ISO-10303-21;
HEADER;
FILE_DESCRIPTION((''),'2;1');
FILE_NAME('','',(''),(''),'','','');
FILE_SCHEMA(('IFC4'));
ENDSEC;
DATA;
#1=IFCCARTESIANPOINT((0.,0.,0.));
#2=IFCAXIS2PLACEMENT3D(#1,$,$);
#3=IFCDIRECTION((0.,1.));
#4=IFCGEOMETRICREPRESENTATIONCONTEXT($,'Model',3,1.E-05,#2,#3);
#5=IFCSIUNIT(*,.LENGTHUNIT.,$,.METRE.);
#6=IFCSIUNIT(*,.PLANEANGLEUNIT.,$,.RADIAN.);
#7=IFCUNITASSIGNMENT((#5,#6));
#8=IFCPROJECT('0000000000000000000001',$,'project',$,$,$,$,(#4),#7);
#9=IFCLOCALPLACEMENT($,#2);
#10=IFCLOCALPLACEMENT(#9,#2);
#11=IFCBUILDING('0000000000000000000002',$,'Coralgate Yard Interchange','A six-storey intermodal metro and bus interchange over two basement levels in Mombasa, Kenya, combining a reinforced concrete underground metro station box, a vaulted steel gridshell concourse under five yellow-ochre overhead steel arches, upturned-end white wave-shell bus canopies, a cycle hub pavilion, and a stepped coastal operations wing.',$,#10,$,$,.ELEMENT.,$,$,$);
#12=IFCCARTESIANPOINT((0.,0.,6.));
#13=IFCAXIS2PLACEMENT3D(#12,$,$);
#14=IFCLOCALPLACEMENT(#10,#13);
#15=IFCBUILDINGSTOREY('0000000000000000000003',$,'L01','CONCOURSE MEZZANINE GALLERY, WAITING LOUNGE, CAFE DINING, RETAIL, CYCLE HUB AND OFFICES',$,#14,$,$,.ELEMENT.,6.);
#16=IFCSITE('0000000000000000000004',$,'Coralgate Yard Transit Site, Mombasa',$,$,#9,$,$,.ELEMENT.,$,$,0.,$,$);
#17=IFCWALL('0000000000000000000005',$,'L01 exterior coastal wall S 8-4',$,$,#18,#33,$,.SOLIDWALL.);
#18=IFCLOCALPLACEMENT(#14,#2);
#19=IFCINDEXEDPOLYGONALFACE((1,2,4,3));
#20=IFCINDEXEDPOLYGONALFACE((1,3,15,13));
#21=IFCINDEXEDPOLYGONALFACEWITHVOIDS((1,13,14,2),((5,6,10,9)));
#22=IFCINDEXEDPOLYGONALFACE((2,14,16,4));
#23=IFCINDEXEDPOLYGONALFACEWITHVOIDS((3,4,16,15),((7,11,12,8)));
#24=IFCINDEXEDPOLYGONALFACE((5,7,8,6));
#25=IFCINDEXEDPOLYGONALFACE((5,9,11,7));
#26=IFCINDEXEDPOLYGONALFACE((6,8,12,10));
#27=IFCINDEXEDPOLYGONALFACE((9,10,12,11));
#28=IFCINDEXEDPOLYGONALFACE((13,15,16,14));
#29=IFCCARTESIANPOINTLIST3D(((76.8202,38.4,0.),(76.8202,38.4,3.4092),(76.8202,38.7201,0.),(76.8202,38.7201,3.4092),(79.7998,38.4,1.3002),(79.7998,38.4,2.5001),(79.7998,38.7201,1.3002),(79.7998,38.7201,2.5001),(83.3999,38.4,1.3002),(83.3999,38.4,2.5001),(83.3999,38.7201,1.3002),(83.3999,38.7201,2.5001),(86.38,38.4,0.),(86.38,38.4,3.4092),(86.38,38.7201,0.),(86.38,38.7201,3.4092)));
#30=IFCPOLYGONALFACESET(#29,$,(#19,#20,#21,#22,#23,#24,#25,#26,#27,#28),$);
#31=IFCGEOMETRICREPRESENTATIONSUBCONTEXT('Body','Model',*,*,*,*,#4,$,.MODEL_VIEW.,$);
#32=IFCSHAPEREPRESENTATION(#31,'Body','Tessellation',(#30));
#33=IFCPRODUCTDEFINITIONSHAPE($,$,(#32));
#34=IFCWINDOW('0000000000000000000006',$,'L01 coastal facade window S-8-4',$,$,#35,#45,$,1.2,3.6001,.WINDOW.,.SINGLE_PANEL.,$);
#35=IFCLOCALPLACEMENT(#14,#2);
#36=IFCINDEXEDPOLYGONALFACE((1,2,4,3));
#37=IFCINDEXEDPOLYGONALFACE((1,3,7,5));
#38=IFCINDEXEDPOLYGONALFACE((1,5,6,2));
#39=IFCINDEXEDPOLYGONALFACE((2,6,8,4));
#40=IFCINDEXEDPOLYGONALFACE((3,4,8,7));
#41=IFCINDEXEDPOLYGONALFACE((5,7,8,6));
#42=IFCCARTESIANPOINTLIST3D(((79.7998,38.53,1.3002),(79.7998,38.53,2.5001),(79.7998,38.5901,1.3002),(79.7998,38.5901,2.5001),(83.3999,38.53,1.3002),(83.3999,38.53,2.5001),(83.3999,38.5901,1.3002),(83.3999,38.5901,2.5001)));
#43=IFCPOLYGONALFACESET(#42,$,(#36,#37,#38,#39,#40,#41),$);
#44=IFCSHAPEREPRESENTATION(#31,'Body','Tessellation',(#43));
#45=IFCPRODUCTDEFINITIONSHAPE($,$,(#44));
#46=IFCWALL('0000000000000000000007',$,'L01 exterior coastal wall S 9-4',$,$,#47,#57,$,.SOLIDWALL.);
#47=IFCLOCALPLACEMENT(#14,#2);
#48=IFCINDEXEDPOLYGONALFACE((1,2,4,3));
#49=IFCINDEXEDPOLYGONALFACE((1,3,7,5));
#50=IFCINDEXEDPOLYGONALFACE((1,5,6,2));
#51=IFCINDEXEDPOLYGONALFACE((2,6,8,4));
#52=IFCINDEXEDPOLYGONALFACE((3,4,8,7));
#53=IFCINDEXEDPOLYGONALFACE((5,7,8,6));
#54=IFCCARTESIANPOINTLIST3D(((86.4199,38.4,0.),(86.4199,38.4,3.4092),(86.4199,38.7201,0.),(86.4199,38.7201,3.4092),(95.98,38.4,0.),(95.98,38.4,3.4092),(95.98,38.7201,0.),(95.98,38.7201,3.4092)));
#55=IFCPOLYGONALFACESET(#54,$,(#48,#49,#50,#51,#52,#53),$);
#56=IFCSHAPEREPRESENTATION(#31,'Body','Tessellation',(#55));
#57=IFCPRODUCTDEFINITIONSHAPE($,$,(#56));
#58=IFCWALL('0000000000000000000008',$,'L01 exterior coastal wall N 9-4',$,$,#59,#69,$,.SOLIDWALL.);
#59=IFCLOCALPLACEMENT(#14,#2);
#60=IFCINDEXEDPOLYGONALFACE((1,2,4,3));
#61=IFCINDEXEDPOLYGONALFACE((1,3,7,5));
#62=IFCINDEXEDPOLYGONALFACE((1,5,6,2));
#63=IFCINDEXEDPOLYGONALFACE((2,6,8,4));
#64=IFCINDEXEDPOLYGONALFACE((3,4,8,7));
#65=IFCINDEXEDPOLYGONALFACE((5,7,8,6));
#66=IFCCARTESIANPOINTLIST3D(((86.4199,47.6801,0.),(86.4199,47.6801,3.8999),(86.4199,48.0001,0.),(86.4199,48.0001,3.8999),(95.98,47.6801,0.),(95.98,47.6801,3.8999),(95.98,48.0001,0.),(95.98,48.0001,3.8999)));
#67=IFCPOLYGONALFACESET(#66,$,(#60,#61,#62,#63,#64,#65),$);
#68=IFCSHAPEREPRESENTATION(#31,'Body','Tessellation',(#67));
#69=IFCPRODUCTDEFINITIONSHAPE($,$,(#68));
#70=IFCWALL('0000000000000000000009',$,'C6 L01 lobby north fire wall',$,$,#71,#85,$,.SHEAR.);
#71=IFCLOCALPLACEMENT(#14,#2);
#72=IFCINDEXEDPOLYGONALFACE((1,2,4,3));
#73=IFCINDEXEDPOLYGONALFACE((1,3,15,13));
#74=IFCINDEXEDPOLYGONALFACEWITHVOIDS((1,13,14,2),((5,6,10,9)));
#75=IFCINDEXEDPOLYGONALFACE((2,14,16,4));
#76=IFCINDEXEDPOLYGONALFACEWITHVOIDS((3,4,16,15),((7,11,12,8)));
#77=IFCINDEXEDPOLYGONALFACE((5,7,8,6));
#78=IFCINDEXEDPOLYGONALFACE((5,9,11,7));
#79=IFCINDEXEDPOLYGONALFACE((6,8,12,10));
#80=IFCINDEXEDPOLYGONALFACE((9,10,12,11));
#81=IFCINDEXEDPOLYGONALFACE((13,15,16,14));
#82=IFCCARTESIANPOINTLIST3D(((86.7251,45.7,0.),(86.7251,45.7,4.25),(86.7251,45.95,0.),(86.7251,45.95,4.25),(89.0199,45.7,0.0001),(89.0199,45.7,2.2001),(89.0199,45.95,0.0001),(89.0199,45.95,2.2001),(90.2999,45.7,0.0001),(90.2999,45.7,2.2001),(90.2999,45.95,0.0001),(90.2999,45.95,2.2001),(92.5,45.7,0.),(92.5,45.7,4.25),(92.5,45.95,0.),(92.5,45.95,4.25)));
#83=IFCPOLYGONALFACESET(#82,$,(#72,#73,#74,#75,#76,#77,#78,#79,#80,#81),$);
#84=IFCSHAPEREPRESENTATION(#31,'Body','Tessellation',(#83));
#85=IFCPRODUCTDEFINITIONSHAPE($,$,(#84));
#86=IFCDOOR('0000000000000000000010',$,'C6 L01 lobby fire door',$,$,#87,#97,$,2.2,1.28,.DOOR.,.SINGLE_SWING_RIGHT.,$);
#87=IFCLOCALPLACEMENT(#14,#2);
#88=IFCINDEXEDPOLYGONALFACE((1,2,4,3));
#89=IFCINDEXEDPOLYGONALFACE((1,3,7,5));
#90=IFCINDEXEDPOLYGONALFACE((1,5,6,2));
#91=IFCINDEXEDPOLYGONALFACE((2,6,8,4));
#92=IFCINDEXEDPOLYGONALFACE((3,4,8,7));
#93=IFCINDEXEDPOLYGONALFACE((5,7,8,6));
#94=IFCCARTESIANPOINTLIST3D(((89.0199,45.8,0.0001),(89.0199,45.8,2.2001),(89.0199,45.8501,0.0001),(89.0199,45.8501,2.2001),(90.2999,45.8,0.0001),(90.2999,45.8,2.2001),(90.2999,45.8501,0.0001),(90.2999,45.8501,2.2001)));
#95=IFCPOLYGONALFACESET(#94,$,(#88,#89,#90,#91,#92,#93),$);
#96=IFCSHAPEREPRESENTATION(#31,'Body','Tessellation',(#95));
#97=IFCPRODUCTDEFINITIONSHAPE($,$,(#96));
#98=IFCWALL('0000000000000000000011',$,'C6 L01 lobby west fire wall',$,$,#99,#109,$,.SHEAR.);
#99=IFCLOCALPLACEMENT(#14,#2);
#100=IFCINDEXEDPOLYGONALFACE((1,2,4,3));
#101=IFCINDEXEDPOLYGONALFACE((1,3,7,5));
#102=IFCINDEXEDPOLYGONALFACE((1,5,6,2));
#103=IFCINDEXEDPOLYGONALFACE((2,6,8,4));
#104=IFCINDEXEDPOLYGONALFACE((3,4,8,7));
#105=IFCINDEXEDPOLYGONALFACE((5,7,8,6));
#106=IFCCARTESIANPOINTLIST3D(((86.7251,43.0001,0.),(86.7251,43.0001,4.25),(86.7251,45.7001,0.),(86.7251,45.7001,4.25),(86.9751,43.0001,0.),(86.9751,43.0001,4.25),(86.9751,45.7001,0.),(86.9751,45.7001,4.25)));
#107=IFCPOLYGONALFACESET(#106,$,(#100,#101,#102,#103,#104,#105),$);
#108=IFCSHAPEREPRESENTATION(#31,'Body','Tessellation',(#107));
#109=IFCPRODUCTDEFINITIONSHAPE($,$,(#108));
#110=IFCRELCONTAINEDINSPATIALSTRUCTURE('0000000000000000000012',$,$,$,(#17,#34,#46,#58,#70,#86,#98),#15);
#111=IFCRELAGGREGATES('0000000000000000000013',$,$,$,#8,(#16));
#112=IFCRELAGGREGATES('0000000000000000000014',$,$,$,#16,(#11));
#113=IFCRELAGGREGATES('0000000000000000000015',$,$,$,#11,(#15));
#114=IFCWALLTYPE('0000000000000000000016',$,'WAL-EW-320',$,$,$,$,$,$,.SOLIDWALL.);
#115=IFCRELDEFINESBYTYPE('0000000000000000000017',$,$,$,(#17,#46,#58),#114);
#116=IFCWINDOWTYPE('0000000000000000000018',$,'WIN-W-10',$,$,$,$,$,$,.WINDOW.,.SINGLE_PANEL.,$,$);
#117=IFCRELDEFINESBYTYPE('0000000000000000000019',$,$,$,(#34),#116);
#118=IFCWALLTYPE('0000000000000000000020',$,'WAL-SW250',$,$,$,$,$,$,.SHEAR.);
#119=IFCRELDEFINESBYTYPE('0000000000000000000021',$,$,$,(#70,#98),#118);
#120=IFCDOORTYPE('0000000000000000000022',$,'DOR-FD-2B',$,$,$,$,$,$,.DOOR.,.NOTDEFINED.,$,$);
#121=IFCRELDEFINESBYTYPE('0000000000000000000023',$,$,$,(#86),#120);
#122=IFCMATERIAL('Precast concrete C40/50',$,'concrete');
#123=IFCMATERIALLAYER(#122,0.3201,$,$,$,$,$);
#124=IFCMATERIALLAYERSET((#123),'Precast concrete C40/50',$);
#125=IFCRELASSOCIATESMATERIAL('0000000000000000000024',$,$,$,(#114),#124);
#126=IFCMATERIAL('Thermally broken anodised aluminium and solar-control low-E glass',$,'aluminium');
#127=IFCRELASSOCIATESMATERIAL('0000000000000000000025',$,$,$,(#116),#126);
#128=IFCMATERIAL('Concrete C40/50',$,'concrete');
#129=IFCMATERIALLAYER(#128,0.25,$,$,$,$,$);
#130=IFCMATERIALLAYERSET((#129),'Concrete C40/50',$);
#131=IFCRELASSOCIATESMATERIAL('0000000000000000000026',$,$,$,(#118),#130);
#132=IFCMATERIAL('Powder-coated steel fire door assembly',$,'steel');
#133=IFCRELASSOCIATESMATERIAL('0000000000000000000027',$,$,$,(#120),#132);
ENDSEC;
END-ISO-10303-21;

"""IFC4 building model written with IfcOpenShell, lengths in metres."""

from ifc_helpers import new_model, si_unit, direction, frame, frame_2d, origin, place, context, subcontext, project, spatial, rectangle, extrude, material, layer, layer_set, type_object, element, fill, save


model = new_model("IFC4")

# Units and contexts
model_context = context("Model", 3, precision=1e-05, world=origin(), true_north=direction((0.0, 1.0)))
body_context = subcontext(model_context, "Body", "Model", "MODEL_VIEW")
ifc_project = project(units=[si_unit("LENGTHUNIT", "METRE"), si_unit("PLANEANGLEUNIT", "RADIAN")], contexts=[model_context])

# Site, building, storey
site_placement = place(None, origin())
site = spatial("IfcSite", under=ifc_project, at=site_placement, Name="Coralgate Yard Transit Site, Mombasa", CompositionType="ELEMENT", RefElevation=0.0)
building_placement = place(site_placement, origin())
building = spatial("IfcBuilding", under=site, at=building_placement, Name="Coralgate Yard Interchange", Description="A six-storey intermodal metro and bus interchange over two basement levels in Mombasa, Kenya, combining a reinforced concrete underground metro station box, a vaulted steel gridshell concourse under five yellow-ochre overhead steel arches, upturned-end white wave-shell bus canopies, a cycle hub pavilion, and a stepped coastal operations wing.", CompositionType="ELEMENT")
storey_placement = place(building_placement, frame((0.0, 0.0, 6.0)))
storey = spatial("IfcBuildingStorey", under=building, at=storey_placement, Name="L01", Description="CONCOURSE MEZZANINE GALLERY, WAITING LOUNGE, CAFE DINING, RETAIL, CYCLE HUB AND OFFICES", CompositionType="ELEMENT", Elevation=6.0)

# Shared definitions
ifc_material_1 = material(Name="Concrete C40/50", Category="concrete")

# Shared definitions
ifc_material_2 = material(Name="Powder-coated steel fire door assembly", Category="steel")

# Wall, opening, window
ifc_material_3 = material(Name="Precast concrete C40/50", Category="concrete")
ifc_layer_1 = layer(ifc_material_3, 0.3201)
ifc_layer_set_1 = layer_set([ifc_layer_1], Name="Precast concrete C40/50")
wall_type_1 = type_object("IfcWallType", Name="WAL-EW-320", PredefinedType="SOLIDWALL", material=ifc_layer_set_1)
wall_1_placement = place(storey_placement, frame((86.3799, 38.5601, 0.0), z_axis=(0.0, 0.0, 1.0), x_axis=(-1.0, 0.0, 0.0)))
wall_1 = element("IfcWall", 1, at=wall_1_placement, inside=storey, type_object=wall_type_1, Name="L01 exterior coastal wall S 8-4", PredefinedType="SOLIDWALL", context=body_context, shape_type="SweptSolid", body=[
    extrude(rectangle(XDim=9.5598, YDim=0.3201, at=frame_2d((4.7798, 0.0))), origin(), (0.0, 0.0, 1.0), 3.4092),
])
opening_1_placement = place(wall_1_placement, frame((2.98, 0.0, 1.3)))
opening_1 = element("IfcOpeningElement", 2, at=opening_1_placement, cuts=wall_1, PredefinedType="OPENING", context=body_context, shape_type="SweptSolid", body=[
    extrude(rectangle(XDim=3.6001, YDim=1.2, at=frame_2d((1.8, 0.6001))), frame((0.0, 0.1699, 0.0), z_axis=(0.0, -1.0, 0.0), x_axis=(1.0, 0.0, 0.0)), (0.0, 0.0, 1.0), 0.3401),
])
ifc_material_4 = material(Name="Thermally broken anodised aluminium and solar-control low-E glass", Category="aluminium")
window_type = type_object("IfcWindowType", Name="WIN-W-10", PartitioningType="SINGLE_PANEL", PredefinedType="WINDOW", material=ifc_material_4)
window_placement = place(opening_1_placement, origin())
window = element("IfcWindow", 3, at=window_placement, inside=storey, type_object=window_type, Name="L01 coastal facade window S-8-4", OverallHeight=1.2, OverallWidth=3.6001, PartitioningType="SINGLE_PANEL", PredefinedType="WINDOW", context=body_context, shape_type="SweptSolid", body=[
    extrude(rectangle(XDim=3.6001, YDim=1.2, at=frame_2d((1.8, 0.6001))), frame((0.0, 0.03, 0.0), z_axis=(0.0, -1.0, 0.0), x_axis=(1.0, 0.0, 0.0)), (0.0, 0.0, 1.0), 0.0601),
])
fill(opening_1, window)

# Walls
wall_2_placement = place(storey_placement, frame((95.98, 38.5601, 0.0), z_axis=(0.0, 0.0, 1.0), x_axis=(-1.0, 0.0, 0.0)))
element("IfcWall", 4, at=wall_2_placement, inside=storey, type_object=wall_type_1, Name="L01 exterior coastal wall S 9-4", PredefinedType="SOLIDWALL", context=body_context, shape_type="SweptSolid", body=[
    extrude(rectangle(XDim=9.5601, YDim=0.3201, at=frame_2d((4.78, 0.0))), origin(), (0.0, 0.0, 1.0), 3.4092),
])
wall_3_placement = place(storey_placement, frame((86.4199, 47.8401, 0.0), z_axis=(0.0, 0.0, 1.0), x_axis=(1.0, 0.0, 0.0)))
element("IfcWall", 5, at=wall_3_placement, inside=storey, type_object=wall_type_1, Name="L01 exterior coastal wall N 9-4", PredefinedType="SOLIDWALL", context=body_context, shape_type="SweptSolid", body=[
    extrude(rectangle(XDim=9.5601, YDim=0.3201, at=frame_2d((4.78, 0.0))), origin(), (0.0, 0.0, 1.0), 3.8999),
])

# Wall, opening, door
ifc_layer_2 = layer(ifc_material_1, 0.25)
ifc_layer_set_2 = layer_set([ifc_layer_2], Name="Concrete C40/50")
wall_type_2 = type_object("IfcWallType", Name="WAL-SW250", PredefinedType="SHEAR", material=ifc_layer_set_2)
wall_4_placement = place(storey_placement, frame((92.5, 45.825, 0.0), z_axis=(0.0, 0.0, 1.0), x_axis=(-1.0, 0.0, 0.0)))
wall_4 = element("IfcWall", 6, at=wall_4_placement, inside=storey, type_object=wall_type_2, Name="C6 L01 lobby north fire wall", PredefinedType="SHEAR", context=body_context, shape_type="SweptSolid", body=[
    extrude(rectangle(XDim=5.7749, YDim=0.25, at=frame_2d((2.8875, 0.0))), origin(), (0.0, 0.0, 1.0), 4.25),
])
opening_2_placement = place(wall_4_placement, frame((2.2, 0.0, 0.0)))
opening_2 = element("IfcOpeningElement", 7, at=opening_2_placement, cuts=wall_4, PredefinedType="OPENING", context=body_context, shape_type="SweptSolid", body=[
    extrude(rectangle(XDim=1.28, YDim=2.2, at=frame_2d((0.6401, 1.1001))), frame((0.0, 0.135, 0.0), z_axis=(0.0, -1.0, 0.0), x_axis=(1.0, 0.0, 0.0)), (0.0, 0.0, 1.0), 0.27),
])
door_type_1 = type_object("IfcDoorType", Name="DOR-FD-2B", OperationType="NOTDEFINED", PredefinedType="DOOR", material=ifc_material_2)
door_1_placement = place(opening_2_placement, origin())
door_1 = element("IfcDoor", 8, at=door_1_placement, inside=storey, type_object=door_type_1, Name="C6 L01 lobby fire door", OperationType="SINGLE_SWING_RIGHT", OverallHeight=2.2, OverallWidth=1.28, PredefinedType="DOOR", context=body_context, shape_type="SweptSolid", body=[
    extrude(rectangle(XDim=1.28, YDim=2.2, at=frame_2d((0.6401, 1.1001))), frame((0.0, 0.0249, 0.0), z_axis=(0.0, -1.0, 0.0), x_axis=(1.0, 0.0, 0.0)), (0.0, 0.0, 1.0), 0.05),
])
fill(opening_2, door_1)

# Wall
wall_5_placement = place(storey_placement, frame((86.8501, 43.0, 0.0), z_axis=(0.0, 0.0, 1.0), x_axis=(0.0, 1.0, 0.0)))
element("IfcWall", 9, at=wall_5_placement, inside=storey, type_object=wall_type_2, Name="C6 L01 lobby west fire wall", PredefinedType="SHEAR", context=body_context, shape_type="SweptSolid", body=[
    extrude(rectangle(XDim=2.7, YDim=0.25, at=frame_2d((1.3501, 0.0))), origin(), (0.0, 0.0, 1.0), 4.25),
])

save(model, "model.ifc")
